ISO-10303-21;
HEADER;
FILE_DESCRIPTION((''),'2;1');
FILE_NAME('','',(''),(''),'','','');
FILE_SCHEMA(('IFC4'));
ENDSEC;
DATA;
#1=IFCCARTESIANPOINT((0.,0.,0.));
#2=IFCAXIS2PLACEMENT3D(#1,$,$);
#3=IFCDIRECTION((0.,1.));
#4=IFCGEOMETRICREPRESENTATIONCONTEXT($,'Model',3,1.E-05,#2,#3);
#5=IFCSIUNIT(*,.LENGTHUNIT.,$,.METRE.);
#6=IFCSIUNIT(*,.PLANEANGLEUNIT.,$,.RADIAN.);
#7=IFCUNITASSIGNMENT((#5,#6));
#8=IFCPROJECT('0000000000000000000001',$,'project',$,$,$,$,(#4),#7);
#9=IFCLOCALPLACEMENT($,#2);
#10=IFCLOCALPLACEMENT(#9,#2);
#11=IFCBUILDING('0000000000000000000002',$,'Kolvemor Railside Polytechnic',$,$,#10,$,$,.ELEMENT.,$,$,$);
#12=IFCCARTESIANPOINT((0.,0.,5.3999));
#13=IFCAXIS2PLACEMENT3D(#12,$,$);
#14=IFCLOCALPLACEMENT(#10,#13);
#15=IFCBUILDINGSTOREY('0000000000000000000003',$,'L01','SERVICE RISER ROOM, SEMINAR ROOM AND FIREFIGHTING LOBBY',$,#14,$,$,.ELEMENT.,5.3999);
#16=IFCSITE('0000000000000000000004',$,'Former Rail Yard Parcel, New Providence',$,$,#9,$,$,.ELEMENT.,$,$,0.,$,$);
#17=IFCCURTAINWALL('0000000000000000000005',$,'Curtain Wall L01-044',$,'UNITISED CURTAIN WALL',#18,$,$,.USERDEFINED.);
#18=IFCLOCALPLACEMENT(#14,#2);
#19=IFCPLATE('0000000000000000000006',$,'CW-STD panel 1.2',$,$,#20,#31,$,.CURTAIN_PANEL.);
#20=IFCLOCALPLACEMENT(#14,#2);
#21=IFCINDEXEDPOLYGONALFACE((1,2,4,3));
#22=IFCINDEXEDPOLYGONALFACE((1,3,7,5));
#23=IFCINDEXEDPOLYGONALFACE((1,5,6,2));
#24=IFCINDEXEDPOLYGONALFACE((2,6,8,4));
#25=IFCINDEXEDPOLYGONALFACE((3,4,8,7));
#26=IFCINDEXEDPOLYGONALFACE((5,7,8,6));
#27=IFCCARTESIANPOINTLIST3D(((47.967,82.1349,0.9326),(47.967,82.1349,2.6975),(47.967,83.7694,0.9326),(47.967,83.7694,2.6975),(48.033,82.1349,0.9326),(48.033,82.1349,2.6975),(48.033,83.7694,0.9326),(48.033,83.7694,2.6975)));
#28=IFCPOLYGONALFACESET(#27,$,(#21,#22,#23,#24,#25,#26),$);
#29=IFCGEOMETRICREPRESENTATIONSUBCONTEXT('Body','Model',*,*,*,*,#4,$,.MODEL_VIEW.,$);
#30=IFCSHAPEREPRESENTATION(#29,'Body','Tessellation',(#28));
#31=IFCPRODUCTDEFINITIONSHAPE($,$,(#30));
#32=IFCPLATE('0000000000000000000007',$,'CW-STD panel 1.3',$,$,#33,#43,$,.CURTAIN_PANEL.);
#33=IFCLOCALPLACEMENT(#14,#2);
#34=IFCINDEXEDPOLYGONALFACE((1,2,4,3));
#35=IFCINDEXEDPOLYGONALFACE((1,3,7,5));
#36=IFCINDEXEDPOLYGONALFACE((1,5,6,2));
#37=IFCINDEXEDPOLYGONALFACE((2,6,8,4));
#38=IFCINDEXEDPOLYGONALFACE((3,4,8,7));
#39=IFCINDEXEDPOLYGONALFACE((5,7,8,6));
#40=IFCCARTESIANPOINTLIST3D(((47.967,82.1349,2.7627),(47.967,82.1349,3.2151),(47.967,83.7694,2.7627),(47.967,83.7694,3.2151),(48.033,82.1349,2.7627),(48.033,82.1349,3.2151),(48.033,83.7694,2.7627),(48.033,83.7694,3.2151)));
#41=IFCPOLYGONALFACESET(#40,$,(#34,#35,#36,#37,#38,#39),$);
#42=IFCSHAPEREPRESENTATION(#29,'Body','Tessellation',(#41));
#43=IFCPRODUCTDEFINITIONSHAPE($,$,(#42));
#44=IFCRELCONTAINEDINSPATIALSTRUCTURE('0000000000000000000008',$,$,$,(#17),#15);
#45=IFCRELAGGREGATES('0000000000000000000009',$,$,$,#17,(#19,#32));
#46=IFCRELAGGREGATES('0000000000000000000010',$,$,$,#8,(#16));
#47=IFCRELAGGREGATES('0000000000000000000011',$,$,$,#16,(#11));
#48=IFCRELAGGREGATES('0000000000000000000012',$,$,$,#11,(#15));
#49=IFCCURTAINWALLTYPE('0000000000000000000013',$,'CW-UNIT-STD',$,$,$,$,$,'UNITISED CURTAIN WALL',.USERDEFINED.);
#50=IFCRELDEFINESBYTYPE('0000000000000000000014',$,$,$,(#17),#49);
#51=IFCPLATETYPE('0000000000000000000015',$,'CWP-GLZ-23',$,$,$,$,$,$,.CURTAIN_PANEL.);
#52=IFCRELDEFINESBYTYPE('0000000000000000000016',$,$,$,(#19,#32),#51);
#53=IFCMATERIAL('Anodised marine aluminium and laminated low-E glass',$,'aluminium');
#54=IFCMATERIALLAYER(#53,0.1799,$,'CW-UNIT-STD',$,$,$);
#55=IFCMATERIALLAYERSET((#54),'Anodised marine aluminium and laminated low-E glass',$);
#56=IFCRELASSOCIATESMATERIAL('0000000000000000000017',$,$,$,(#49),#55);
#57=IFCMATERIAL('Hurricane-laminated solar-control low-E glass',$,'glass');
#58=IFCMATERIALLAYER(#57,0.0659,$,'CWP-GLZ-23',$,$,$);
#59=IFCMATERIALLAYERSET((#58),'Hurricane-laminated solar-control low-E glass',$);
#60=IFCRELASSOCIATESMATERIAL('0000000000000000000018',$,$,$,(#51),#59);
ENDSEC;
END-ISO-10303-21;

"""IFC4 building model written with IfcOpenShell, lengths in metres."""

from ifc_helpers import new_model, si_unit, direction, frame, origin, origin_2d, place, context, subcontext, project, spatial, rectangle, extrude, material, layer, layer_set, type_object, element, aggregate, save


model = new_model("IFC4")

# Units and contexts
model_context = context("Model", 3, precision=1e-05, world=origin(), true_north=direction((0.0, 1.0)))
body_context = subcontext(model_context, "Body", "Model", "MODEL_VIEW")
ifc_project = project(units=[si_unit("LENGTHUNIT", "METRE"), si_unit("PLANEANGLEUNIT", "RADIAN")], contexts=[model_context])

# Site, building, storey
site_placement = place(None, origin())
site = spatial("IfcSite", under=ifc_project, at=site_placement, Name="Former Rail Yard Parcel, New Providence", CompositionType="ELEMENT", RefElevation=0.0)
building_placement = place(site_placement, origin())
building = spatial("IfcBuilding", under=site, at=building_placement, Name="Kolvemor Railside Polytechnic", CompositionType="ELEMENT")
storey_placement = place(building_placement, frame((0.0, 0.0, 5.3999)))
storey = spatial("IfcBuildingStorey", under=building, at=storey_placement, Name="L01", Description="SERVICE RISER ROOM, SEMINAR ROOM AND FIREFIGHTING LOBBY", CompositionType="ELEMENT", Elevation=5.3999)

# Curtain wall
ifc_material_1 = material(Name="Anodised marine aluminium and laminated low-E glass", Category="aluminium")
ifc_layer_1 = layer(ifc_material_1, 0.1799, Name="CW-UNIT-STD")
ifc_layer_set_1 = layer_set([ifc_layer_1], Name="Anodised marine aluminium and laminated low-E glass")
curtain_wall_type = type_object("IfcCurtainWallType", Name="CW-UNIT-STD", ElementType="UNITISED CURTAIN WALL", PredefinedType="USERDEFINED", material=ifc_layer_set_1)
curtain_wall_1_placement = place(storey_placement, origin())
curtain_wall_1 = element("IfcCurtainWall", 1, at=curtain_wall_1_placement, inside=storey, type_object=curtain_wall_type, Name="Curtain Wall L01-044", ObjectType="UNITISED CURTAIN WALL", PredefinedType="USERDEFINED")

# Plates
ifc_material_2 = material(Name="Hurricane-laminated solar-control low-E glass", Category="glass")
ifc_layer_2 = layer(ifc_material_2, 0.0659, Name="CWP-GLZ-23")
ifc_layer_set_2 = layer_set([ifc_layer_2], Name="Hurricane-laminated solar-control low-E glass")
plate_type_1 = type_object("IfcPlateType", Name="CWP-GLZ-23", PredefinedType="CURTAIN_PANEL", material=ifc_layer_set_2)
plate_1_placement = place(storey_placement, frame((48.0, 82.9521, 0.9326), z_axis=(0.0, 0.0, 1.0), x_axis=(0.0, 1.0, 0.0)))
plate_1 = element("IfcPlate", 2, at=plate_1_placement, type_object=plate_type_1, Name="CW-STD panel 1.2", PredefinedType="CURTAIN_PANEL", context=body_context, shape_type="SweptSolid", body=[
    extrude(rectangle(XDim=1.6345, YDim=0.0659, at=origin_2d()), origin(), (0.0, 0.0, 1.0), 1.7649),
])
plate_2_placement = place(storey_placement, frame((48.0, 82.9521, 2.7627), z_axis=(0.0, 0.0, 1.0), x_axis=(0.0, 1.0, 0.0)))
plate_2 = element("IfcPlate", 3, at=plate_2_placement, type_object=plate_type_1, Name="CW-STD panel 1.3", PredefinedType="CURTAIN_PANEL", context=body_context, shape_type="SweptSolid", body=[
    extrude(rectangle(XDim=1.6345, YDim=0.0659, at=origin_2d()), origin(), (0.0, 0.0, 1.0), 0.4524),
])
aggregate(curtain_wall_1, [plate_1, plate_2])

save(model, "model.ifc")
